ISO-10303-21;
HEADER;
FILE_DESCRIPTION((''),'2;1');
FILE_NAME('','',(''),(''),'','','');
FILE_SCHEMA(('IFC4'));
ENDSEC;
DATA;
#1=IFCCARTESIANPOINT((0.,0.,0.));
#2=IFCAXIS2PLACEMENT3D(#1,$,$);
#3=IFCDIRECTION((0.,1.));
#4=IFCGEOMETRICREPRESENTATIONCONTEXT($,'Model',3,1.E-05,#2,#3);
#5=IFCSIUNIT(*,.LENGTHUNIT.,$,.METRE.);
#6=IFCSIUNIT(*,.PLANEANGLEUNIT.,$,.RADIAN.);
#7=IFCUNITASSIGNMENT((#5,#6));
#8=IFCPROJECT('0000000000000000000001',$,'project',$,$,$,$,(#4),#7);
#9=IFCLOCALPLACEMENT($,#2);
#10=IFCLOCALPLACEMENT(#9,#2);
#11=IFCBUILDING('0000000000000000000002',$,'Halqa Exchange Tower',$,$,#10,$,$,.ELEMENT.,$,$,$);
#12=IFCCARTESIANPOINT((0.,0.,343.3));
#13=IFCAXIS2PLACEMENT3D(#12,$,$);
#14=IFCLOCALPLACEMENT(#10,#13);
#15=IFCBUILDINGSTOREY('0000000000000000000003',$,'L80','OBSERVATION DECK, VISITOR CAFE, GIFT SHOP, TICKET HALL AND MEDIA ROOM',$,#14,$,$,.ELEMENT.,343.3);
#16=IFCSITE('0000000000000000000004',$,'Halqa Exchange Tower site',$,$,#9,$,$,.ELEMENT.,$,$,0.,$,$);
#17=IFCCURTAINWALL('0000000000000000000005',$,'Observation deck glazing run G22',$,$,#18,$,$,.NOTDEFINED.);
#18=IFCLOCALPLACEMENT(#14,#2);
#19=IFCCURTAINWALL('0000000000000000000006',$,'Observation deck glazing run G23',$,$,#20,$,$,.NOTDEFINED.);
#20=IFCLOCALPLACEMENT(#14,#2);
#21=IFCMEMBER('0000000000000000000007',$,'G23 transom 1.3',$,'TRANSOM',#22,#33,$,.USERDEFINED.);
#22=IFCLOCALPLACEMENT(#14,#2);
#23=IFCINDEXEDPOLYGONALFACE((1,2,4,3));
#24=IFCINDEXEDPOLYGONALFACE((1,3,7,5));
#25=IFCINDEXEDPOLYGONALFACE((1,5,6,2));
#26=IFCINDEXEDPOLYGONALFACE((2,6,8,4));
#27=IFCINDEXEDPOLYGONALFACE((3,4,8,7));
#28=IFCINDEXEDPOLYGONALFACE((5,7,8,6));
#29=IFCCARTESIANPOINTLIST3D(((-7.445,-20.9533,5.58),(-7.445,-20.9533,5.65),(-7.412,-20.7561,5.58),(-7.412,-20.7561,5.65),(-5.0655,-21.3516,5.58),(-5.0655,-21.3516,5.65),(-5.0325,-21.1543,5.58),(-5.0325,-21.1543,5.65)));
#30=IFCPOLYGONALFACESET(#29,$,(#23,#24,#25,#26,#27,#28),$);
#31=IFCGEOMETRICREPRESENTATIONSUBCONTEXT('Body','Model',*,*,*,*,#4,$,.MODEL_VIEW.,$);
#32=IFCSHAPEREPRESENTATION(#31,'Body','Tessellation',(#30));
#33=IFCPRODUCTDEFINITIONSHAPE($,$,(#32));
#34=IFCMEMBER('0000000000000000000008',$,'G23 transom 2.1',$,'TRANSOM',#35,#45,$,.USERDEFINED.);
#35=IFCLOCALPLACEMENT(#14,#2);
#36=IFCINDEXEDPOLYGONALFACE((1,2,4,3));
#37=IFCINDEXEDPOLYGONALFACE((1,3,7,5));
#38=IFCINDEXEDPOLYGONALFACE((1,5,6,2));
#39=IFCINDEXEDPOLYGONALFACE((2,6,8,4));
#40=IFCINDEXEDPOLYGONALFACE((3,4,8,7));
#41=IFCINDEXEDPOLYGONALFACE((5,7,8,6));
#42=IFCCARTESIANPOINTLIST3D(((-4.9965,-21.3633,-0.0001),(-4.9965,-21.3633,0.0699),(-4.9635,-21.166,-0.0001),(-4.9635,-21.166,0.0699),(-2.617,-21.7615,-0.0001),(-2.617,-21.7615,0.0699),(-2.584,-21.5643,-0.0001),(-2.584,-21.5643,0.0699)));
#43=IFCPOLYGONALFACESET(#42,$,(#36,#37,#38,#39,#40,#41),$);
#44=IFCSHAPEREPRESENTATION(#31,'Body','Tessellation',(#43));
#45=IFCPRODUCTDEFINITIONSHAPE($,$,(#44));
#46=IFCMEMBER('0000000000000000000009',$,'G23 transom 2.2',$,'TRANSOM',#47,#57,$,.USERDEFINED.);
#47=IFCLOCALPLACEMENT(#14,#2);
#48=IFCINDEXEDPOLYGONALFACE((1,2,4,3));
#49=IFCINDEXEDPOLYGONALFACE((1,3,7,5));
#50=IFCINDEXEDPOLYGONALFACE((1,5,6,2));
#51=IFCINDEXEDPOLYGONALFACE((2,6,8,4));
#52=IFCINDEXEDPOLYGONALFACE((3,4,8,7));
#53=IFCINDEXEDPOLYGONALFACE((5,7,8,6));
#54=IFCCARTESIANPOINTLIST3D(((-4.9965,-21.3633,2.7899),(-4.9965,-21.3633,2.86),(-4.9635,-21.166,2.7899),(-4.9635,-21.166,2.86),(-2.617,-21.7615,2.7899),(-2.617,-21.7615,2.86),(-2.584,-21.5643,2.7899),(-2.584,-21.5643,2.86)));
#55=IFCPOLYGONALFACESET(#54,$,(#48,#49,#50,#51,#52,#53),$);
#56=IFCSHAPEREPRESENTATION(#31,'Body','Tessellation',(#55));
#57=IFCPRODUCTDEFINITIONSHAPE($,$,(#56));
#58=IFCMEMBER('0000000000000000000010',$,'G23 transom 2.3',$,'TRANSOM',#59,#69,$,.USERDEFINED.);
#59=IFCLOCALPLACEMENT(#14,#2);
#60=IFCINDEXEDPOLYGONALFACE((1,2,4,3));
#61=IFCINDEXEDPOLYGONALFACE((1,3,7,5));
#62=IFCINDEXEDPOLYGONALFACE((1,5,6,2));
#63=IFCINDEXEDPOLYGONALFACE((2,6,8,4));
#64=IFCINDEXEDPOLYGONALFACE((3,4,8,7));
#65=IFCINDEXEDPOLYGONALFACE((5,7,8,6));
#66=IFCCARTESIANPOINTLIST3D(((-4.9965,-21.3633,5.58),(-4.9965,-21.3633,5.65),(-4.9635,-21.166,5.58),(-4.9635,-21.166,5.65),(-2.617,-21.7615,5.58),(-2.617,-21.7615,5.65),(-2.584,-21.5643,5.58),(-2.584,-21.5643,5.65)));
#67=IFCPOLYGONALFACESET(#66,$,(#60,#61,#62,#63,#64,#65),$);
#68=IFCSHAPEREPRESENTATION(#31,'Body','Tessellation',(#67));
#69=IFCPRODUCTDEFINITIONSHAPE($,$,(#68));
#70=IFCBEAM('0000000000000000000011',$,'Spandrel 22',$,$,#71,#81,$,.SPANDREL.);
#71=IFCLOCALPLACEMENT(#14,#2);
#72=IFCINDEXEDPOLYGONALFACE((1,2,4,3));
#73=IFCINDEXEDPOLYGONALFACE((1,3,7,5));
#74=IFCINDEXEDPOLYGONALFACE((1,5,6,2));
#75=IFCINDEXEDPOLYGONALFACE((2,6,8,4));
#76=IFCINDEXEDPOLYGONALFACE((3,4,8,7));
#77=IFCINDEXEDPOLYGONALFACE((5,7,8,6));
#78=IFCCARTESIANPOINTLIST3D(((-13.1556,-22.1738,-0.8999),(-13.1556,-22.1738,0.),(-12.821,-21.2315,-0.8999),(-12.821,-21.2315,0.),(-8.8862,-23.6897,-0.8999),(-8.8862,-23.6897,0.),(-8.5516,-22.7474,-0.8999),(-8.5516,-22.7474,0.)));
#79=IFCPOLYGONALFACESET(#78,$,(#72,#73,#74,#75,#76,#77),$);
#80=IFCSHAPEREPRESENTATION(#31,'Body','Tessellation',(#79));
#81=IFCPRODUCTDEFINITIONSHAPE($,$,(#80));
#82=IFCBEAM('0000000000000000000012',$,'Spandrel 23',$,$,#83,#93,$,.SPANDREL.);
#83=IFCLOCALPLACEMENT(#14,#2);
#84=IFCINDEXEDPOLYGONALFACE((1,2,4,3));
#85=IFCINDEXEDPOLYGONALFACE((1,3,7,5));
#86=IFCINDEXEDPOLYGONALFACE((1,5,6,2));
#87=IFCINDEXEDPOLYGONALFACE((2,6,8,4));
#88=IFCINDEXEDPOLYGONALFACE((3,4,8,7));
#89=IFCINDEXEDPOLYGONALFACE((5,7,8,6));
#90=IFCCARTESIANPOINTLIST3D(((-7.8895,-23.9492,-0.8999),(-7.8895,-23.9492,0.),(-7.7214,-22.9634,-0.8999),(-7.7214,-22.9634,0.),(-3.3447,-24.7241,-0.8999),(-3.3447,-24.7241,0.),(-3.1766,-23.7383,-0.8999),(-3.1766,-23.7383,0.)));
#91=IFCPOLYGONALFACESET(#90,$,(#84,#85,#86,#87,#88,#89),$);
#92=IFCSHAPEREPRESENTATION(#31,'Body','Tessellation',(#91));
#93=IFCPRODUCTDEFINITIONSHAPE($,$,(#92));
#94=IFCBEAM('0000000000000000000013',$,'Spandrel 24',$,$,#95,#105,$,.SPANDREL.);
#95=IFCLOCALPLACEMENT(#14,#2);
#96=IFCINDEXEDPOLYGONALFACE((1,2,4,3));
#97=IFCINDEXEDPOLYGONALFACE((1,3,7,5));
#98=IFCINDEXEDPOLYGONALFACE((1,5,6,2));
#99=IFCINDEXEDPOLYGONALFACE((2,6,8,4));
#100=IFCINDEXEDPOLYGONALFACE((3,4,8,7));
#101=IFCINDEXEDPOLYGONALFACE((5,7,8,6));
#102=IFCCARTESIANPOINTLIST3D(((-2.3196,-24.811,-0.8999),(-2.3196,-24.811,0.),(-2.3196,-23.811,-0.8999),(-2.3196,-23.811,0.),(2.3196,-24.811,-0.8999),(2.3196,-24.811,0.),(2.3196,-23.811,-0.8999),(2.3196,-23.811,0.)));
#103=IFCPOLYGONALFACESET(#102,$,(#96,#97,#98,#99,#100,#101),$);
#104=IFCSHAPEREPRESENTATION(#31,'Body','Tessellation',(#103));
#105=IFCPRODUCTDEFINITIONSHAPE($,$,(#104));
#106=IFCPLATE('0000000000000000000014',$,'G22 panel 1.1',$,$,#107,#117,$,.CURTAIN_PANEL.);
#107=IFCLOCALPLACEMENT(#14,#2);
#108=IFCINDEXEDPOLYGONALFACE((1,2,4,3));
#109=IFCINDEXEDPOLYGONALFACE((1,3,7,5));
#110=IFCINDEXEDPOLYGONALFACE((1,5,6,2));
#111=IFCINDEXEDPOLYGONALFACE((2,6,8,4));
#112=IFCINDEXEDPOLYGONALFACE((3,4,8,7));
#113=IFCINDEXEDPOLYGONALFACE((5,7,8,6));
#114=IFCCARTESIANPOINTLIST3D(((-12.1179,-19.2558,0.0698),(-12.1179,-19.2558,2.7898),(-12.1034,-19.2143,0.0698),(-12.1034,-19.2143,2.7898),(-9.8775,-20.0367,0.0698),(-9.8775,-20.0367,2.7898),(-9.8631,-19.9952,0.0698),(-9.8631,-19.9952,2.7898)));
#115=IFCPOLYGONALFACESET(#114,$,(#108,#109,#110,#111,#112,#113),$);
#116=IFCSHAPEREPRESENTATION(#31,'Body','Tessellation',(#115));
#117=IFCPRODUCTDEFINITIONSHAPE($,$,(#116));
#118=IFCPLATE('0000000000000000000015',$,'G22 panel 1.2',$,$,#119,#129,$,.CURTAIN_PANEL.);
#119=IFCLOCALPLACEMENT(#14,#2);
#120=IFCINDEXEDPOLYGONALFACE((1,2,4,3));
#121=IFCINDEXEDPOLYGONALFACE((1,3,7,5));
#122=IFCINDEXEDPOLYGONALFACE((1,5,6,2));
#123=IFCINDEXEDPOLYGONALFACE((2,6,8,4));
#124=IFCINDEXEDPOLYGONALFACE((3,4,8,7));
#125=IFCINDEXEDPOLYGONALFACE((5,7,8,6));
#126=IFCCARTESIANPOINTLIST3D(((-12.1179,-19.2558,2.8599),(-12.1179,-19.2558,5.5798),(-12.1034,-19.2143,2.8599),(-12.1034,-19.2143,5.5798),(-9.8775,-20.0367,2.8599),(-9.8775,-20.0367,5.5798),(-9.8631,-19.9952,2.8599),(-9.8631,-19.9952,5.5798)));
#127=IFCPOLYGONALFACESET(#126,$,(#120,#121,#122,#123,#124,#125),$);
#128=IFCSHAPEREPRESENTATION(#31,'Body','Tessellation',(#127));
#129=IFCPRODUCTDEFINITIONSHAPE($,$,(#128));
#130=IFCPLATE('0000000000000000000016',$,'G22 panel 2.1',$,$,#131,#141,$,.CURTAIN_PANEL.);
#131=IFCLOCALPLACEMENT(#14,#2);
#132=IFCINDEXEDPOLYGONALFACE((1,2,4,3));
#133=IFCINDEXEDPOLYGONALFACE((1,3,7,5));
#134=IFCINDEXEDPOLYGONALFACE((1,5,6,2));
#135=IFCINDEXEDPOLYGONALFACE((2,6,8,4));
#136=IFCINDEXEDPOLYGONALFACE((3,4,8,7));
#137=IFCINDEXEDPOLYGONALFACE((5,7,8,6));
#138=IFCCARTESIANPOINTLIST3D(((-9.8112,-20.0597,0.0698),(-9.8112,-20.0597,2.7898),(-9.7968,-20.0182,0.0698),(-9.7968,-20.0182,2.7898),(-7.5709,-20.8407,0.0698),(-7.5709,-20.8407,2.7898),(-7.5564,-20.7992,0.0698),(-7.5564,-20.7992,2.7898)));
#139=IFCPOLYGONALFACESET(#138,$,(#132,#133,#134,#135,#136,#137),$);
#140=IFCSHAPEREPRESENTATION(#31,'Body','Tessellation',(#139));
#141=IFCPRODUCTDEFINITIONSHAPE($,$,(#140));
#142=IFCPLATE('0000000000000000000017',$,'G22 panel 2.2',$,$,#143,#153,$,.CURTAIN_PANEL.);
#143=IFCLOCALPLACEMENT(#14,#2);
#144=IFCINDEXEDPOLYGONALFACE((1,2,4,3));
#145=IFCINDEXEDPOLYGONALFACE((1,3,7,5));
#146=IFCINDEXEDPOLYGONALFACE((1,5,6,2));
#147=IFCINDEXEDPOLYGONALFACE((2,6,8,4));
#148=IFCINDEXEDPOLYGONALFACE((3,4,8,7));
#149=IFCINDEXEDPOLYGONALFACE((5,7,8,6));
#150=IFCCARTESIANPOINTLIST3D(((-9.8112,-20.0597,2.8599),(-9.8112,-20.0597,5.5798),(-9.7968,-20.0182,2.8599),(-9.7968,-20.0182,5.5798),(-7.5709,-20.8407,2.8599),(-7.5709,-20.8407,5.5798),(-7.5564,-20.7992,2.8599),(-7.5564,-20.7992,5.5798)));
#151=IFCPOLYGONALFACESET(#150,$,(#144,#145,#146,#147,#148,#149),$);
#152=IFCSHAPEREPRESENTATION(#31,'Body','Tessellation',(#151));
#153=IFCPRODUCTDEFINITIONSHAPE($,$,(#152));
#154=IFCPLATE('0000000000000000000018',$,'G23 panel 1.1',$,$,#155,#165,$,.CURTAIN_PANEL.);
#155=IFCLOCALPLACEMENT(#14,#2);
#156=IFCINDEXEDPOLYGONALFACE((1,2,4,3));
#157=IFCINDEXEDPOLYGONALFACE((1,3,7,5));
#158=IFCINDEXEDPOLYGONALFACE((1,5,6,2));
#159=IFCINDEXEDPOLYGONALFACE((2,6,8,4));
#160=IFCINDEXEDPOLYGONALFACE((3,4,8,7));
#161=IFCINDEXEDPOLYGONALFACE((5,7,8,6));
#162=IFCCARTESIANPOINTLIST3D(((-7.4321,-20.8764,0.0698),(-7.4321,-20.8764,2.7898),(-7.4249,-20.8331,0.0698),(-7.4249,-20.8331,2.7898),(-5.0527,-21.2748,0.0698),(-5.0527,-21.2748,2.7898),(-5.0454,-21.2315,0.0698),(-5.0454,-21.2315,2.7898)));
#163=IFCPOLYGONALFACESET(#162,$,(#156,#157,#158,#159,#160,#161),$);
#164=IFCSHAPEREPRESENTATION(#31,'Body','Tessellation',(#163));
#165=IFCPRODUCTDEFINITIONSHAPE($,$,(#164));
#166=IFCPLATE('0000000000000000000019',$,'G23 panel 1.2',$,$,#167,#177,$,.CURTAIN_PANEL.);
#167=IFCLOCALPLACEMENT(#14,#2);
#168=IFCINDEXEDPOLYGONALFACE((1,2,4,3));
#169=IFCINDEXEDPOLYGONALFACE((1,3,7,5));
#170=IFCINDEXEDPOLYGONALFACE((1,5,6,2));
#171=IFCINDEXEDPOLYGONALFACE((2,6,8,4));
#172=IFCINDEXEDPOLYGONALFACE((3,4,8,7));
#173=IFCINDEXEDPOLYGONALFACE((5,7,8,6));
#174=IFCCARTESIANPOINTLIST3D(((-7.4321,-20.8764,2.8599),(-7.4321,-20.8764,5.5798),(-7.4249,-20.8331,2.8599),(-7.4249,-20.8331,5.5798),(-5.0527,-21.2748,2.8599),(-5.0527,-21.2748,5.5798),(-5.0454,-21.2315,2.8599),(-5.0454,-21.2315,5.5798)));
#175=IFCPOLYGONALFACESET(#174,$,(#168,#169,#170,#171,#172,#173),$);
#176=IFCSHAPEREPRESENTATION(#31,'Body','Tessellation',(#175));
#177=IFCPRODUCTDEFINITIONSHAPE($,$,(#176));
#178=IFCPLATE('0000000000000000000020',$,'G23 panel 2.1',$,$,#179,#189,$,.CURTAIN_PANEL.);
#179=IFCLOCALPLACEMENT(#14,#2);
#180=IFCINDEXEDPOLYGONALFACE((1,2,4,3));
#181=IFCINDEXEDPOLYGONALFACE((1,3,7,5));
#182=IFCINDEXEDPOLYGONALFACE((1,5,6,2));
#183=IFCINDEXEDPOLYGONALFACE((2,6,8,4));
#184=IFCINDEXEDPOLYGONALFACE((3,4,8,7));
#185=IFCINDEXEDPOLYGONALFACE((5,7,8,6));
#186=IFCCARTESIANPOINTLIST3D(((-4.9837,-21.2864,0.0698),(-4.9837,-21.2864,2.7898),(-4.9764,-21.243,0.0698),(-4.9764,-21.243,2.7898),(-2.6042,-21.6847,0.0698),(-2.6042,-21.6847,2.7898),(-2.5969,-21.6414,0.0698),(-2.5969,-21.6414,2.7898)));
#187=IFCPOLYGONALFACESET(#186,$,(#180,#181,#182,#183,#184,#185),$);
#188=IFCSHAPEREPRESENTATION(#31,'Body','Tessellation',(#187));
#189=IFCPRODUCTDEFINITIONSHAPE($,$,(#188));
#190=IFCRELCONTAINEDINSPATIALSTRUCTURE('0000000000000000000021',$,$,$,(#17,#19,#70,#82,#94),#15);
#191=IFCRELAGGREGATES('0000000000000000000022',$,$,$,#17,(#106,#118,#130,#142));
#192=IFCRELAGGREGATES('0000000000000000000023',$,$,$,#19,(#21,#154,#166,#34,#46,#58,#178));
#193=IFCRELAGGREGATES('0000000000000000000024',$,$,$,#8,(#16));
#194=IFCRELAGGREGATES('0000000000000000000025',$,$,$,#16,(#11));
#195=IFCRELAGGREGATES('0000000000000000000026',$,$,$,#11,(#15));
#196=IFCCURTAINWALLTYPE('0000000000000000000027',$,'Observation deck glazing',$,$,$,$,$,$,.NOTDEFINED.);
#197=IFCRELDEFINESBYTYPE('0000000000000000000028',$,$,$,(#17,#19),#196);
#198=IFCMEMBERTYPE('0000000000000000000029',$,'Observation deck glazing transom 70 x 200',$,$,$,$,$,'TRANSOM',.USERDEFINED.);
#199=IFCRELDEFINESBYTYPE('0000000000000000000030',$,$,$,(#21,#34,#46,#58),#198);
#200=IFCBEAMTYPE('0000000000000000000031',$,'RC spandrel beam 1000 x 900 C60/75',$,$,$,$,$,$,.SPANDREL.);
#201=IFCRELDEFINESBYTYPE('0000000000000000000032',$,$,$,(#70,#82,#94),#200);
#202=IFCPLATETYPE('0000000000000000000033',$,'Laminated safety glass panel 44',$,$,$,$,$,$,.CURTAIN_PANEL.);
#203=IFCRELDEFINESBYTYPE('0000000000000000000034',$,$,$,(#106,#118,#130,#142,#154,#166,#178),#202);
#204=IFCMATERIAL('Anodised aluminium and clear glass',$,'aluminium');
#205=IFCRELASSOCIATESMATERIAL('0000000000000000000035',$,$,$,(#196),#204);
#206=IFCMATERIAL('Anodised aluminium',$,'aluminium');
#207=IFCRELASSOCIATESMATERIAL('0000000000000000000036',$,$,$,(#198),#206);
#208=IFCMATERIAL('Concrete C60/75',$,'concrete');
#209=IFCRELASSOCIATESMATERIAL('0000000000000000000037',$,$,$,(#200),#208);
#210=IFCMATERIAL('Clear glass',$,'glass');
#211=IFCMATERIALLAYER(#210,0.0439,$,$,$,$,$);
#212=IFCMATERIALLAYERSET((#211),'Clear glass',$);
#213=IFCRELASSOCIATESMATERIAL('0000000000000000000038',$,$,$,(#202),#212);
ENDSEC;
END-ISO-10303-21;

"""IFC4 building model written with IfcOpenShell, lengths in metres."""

from ifc_helpers import new_model, si_unit, direction, frame, origin, origin_2d, place, context, subcontext, project, spatial, rectangle, extrude, material, layer, layer_set, material_profile, profile_set, type_object, element, aggregate, save


model = new_model("IFC4")

# Units and contexts
model_context = context("Model", 3, precision=1e-05, world=origin(), true_north=direction((0.0, 1.0)))
body_context = subcontext(model_context, "Body", "Model", "MODEL_VIEW")
ifc_project = project(units=[si_unit("LENGTHUNIT", "METRE"), si_unit("PLANEANGLEUNIT", "RADIAN")], contexts=[model_context])

# Site, building, storey
site_placement = place(None, origin())
site = spatial("IfcSite", under=ifc_project, at=site_placement, Name="Halqa Exchange Tower site", CompositionType="ELEMENT", RefElevation=0.0)
building_placement = place(site_placement, origin())
building = spatial("IfcBuilding", under=site, at=building_placement, Name="Halqa Exchange Tower", CompositionType="ELEMENT")
storey_placement = place(building_placement, frame((0.0, 0.0, 343.3)))
storey = spatial("IfcBuildingStorey", under=building, at=storey_placement, Name="L80", Description="OBSERVATION DECK, VISITOR CAFE, GIFT SHOP, TICKET HALL AND MEDIA ROOM", CompositionType="ELEMENT", Elevation=343.3)

# Curtain walls
ifc_material_1 = material(Name="Anodised aluminium and clear glass", Category="aluminium")
curtain_wall_type = type_object("IfcCurtainWallType", Name="Observation deck glazing", PredefinedType="NOTDEFINED", material=ifc_material_1)
curtain_wall_1_placement = place(storey_placement, origin())
curtain_wall_1 = element("IfcCurtainWall", 1, at=curtain_wall_1_placement, inside=storey, type_object=curtain_wall_type, Name="Observation deck glazing run G22", PredefinedType="NOTDEFINED")
ifc_material_2 = material(Name="Anodised aluminium", Category="aluminium")
curtain_wall_2_placement = place(storey_placement, origin())
curtain_wall_2 = element("IfcCurtainWall", 2, at=curtain_wall_2_placement, inside=storey, type_object=curtain_wall_type, Name="Observation deck glazing run G23", PredefinedType="NOTDEFINED")

# Members
ifc_material_profile_1 = material_profile(ifc_material_2, rectangle(XDim=0.2, YDim=0.0701, at=origin_2d()), Name="AL 70x200")
ifc_profile_set_1 = profile_set([ifc_material_profile_1], Name="Anodised aluminium")
member_type_1 = type_object("IfcMemberType", Name="Observation deck glazing transom 70 x 200", ElementType="TRANSOM", PredefinedType="USERDEFINED", material=ifc_profile_set_1)
member_1_placement = place(storey_placement, frame((-7.4285, -20.8547, 5.615), z_axis=(0.986284, -0.165055, 0.0), x_axis=(0.165055, 0.986284, 0.0)))
member_1 = element("IfcMember", 3, at=member_1_placement, type_object=member_type_1, Name="G23 transom 1.3", ObjectType="TRANSOM", PredefinedType="USERDEFINED", context=body_context, shape_type="SweptSolid", body=[
    extrude(rectangle(XDim=0.2, YDim=0.0701, at=origin_2d()), origin(), (0.0, 0.0, 1.0), 2.4126),
])
member_2_placement = place(storey_placement, frame((-4.98, -21.2646, 0.0349), z_axis=(0.986284, -0.165055, 0.0), x_axis=(0.165055, 0.986284, 0.0)))
member_2 = element("IfcMember", 4, at=member_2_placement, type_object=member_type_1, Name="G23 transom 2.1", ObjectType="TRANSOM", PredefinedType="USERDEFINED", context=body_context, shape_type="SweptSolid", body=[
    extrude(rectangle(XDim=0.2, YDim=0.0701, at=origin_2d()), origin(), (0.0, 0.0, 1.0), 2.4126),
])
member_3_placement = place(storey_placement, frame((-4.98, -21.2646, 2.825), z_axis=(0.986284, -0.165055, 0.0), x_axis=(0.165055, 0.986284, 0.0)))
member_3 = element("IfcMember", 5, at=member_3_placement, type_object=member_type_1, Name="G23 transom 2.2", ObjectType="TRANSOM", PredefinedType="USERDEFINED", context=body_context, shape_type="SweptSolid", body=[
    extrude(rectangle(XDim=0.2, YDim=0.0701, at=origin_2d()), origin(), (0.0, 0.0, 1.0), 2.4126),
])
member_4_placement = place(storey_placement, frame((-4.98, -21.2646, 5.615), z_axis=(0.986284, -0.165055, 0.0), x_axis=(0.165055, 0.986284, 0.0)))
member_4 = element("IfcMember", 6, at=member_4_placement, type_object=member_type_1, Name="G23 transom 2.3", ObjectType="TRANSOM", PredefinedType="USERDEFINED", context=body_context, shape_type="SweptSolid", body=[
    extrude(rectangle(XDim=0.2, YDim=0.0701, at=origin_2d()), origin(), (0.0, 0.0, 1.0), 2.4126),
])

# Beams
ifc_material_3 = material(Name="Concrete C60/75", Category="concrete")
ifc_material_profile_2 = material_profile(ifc_material_3, rectangle(XDim=1.0, YDim=0.8999, at=origin_2d()), Name="1000 x 900")
ifc_profile_set_2 = profile_set([ifc_material_profile_2], Name="Concrete C60/75")
beam_type = type_object("IfcBeamType", Name="RC spandrel beam 1000 x 900 C60/75", PredefinedType="SPANDREL", material=ifc_profile_set_2)
beam_1_placement = place(storey_placement, frame((-12.9883, -21.7026, -0.45), z_axis=(0.942361, -0.334598, 0.0), x_axis=(0.334598, 0.942361, 0.0)))
element("IfcBeam", 7, at=beam_1_placement, inside=storey, type_object=beam_type, Name="Spandrel 22", PredefinedType="SPANDREL", context=body_context, shape_type="SweptSolid", body=[
    extrude(rectangle(XDim=1.0, YDim=0.8999, at=origin_2d()), origin(), (0.0, 0.0, 1.0), 4.5305),
])
beam_2_placement = place(storey_placement, frame((-7.8054, -23.4563, -0.45), z_axis=(0.985773, -0.168082, 0.0), x_axis=(0.168082, 0.985773, 0.0)))
element("IfcBeam", 8, at=beam_2_placement, inside=storey, type_object=beam_type, Name="Spandrel 23", PredefinedType="SPANDREL", context=body_context, shape_type="SweptSolid", body=[
    extrude(rectangle(XDim=1.0, YDim=0.8999, at=origin_2d()), origin(), (0.0, 0.0, 1.0), 4.6104),
])
beam_3_placement = place(storey_placement, frame((-2.3196, -24.311, -0.45), z_axis=(1.0, 0.0, 0.0), x_axis=(0.0, 1.0, 0.0)))
element("IfcBeam", 9, at=beam_3_placement, inside=storey, type_object=beam_type, Name="Spandrel 24", PredefinedType="SPANDREL", context=body_context, shape_type="SweptSolid", body=[
    extrude(rectangle(XDim=1.0, YDim=0.8999, at=origin_2d()), origin(), (0.0, 0.0, 1.0), 4.6392),
])

# Plates
ifc_material_4 = material(Name="Clear glass", Category="glass")
ifc_layer_1 = layer(ifc_material_4, 0.0439)
ifc_layer_set_1 = layer_set([ifc_layer_1], Name="Clear glass")
plate_type = type_object("IfcPlateType", Name="Laminated safety glass panel 44", PredefinedType="CURTAIN_PANEL", material=ifc_layer_set_1)
plate_1_placement = place(storey_placement, frame((-10.9905, -19.6255, 0.0698), z_axis=(0.0, 0.0, 1.0), x_axis=(0.944274, -0.32916, 0.0)))
plate_1 = element("IfcPlate", 10, at=plate_1_placement, type_object=plate_type, Name="G22 panel 1.1", PredefinedType="CURTAIN_PANEL", context=body_context, shape_type="SweptSolid", body=[
    extrude(rectangle(XDim=2.3726, YDim=0.0439, at=origin_2d()), origin(), (0.0, 0.0, 1.0), 2.72),
])
plate_2_placement = place(storey_placement, frame((-10.9905, -19.6255, 2.8599), z_axis=(0.0, 0.0, 1.0), x_axis=(0.944274, -0.32916, 0.0)))
plate_2 = element("IfcPlate", 11, at=plate_2_placement, type_object=plate_type, Name="G22 panel 1.2", PredefinedType="CURTAIN_PANEL", context=body_context, shape_type="SweptSolid", body=[
    extrude(rectangle(XDim=2.3726, YDim=0.0439, at=origin_2d()), origin(), (0.0, 0.0, 1.0), 2.72),
])
plate_3_placement = place(storey_placement, frame((-8.6838, -20.4294, 0.0698), z_axis=(0.0, 0.0, 1.0), x_axis=(0.944274, -0.32916, 0.0)))
plate_3 = element("IfcPlate", 12, at=plate_3_placement, type_object=plate_type, Name="G22 panel 2.1", PredefinedType="CURTAIN_PANEL", context=body_context, shape_type="SweptSolid", body=[
    extrude(rectangle(XDim=2.3726, YDim=0.0439, at=origin_2d()), origin(), (0.0, 0.0, 1.0), 2.72),
])
plate_4_placement = place(storey_placement, frame((-8.6838, -20.4294, 2.8599), z_axis=(0.0, 0.0, 1.0), x_axis=(0.944274, -0.32916, 0.0)))
plate_4 = element("IfcPlate", 13, at=plate_4_placement, type_object=plate_type, Name="G22 panel 2.2", PredefinedType="CURTAIN_PANEL", context=body_context, shape_type="SweptSolid", body=[
    extrude(rectangle(XDim=2.3726, YDim=0.0439, at=origin_2d()), origin(), (0.0, 0.0, 1.0), 2.72),
])
aggregate(curtain_wall_1, [plate_1, plate_2, plate_3, plate_4])
plate_5_placement = place(storey_placement, frame((-6.2388, -21.054, 0.0698), z_axis=(0.0, 0.0, 1.0), x_axis=(0.986274, -0.165117, 0.0)))
plate_5 = element("IfcPlate", 14, at=plate_5_placement, type_object=plate_type, Name="G23 panel 1.1", PredefinedType="CURTAIN_PANEL", context=body_context, shape_type="SweptSolid", body=[
    extrude(rectangle(XDim=2.4126, YDim=0.0439, at=origin_2d()), origin(), (0.0, 0.0, 1.0), 2.72),
])
plate_6_placement = place(storey_placement, frame((-6.2388, -21.054, 2.8599), z_axis=(0.0, 0.0, 1.0), x_axis=(0.986274, -0.165117, 0.0)))
plate_6 = element("IfcPlate", 15, at=plate_6_placement, type_object=plate_type, Name="G23 panel 1.2", PredefinedType="CURTAIN_PANEL", context=body_context, shape_type="SweptSolid", body=[
    extrude(rectangle(XDim=2.4126, YDim=0.0439, at=origin_2d()), origin(), (0.0, 0.0, 1.0), 2.72),
])
plate_7_placement = place(storey_placement, frame((-3.7903, -21.4639, 0.0698), z_axis=(0.0, 0.0, 1.0), x_axis=(0.986274, -0.165117, 0.0)))
plate_7 = element("IfcPlate", 16, at=plate_7_placement, type_object=plate_type, Name="G23 panel 2.1", PredefinedType="CURTAIN_PANEL", context=body_context, shape_type="SweptSolid", body=[
    extrude(rectangle(XDim=2.4126, YDim=0.0439, at=origin_2d()), origin(), (0.0, 0.0, 1.0), 2.72),
])
aggregate(curtain_wall_2, [member_1, plate_5, plate_6, member_2, member_3, member_4, plate_7])

save(model, "model.ifc")
